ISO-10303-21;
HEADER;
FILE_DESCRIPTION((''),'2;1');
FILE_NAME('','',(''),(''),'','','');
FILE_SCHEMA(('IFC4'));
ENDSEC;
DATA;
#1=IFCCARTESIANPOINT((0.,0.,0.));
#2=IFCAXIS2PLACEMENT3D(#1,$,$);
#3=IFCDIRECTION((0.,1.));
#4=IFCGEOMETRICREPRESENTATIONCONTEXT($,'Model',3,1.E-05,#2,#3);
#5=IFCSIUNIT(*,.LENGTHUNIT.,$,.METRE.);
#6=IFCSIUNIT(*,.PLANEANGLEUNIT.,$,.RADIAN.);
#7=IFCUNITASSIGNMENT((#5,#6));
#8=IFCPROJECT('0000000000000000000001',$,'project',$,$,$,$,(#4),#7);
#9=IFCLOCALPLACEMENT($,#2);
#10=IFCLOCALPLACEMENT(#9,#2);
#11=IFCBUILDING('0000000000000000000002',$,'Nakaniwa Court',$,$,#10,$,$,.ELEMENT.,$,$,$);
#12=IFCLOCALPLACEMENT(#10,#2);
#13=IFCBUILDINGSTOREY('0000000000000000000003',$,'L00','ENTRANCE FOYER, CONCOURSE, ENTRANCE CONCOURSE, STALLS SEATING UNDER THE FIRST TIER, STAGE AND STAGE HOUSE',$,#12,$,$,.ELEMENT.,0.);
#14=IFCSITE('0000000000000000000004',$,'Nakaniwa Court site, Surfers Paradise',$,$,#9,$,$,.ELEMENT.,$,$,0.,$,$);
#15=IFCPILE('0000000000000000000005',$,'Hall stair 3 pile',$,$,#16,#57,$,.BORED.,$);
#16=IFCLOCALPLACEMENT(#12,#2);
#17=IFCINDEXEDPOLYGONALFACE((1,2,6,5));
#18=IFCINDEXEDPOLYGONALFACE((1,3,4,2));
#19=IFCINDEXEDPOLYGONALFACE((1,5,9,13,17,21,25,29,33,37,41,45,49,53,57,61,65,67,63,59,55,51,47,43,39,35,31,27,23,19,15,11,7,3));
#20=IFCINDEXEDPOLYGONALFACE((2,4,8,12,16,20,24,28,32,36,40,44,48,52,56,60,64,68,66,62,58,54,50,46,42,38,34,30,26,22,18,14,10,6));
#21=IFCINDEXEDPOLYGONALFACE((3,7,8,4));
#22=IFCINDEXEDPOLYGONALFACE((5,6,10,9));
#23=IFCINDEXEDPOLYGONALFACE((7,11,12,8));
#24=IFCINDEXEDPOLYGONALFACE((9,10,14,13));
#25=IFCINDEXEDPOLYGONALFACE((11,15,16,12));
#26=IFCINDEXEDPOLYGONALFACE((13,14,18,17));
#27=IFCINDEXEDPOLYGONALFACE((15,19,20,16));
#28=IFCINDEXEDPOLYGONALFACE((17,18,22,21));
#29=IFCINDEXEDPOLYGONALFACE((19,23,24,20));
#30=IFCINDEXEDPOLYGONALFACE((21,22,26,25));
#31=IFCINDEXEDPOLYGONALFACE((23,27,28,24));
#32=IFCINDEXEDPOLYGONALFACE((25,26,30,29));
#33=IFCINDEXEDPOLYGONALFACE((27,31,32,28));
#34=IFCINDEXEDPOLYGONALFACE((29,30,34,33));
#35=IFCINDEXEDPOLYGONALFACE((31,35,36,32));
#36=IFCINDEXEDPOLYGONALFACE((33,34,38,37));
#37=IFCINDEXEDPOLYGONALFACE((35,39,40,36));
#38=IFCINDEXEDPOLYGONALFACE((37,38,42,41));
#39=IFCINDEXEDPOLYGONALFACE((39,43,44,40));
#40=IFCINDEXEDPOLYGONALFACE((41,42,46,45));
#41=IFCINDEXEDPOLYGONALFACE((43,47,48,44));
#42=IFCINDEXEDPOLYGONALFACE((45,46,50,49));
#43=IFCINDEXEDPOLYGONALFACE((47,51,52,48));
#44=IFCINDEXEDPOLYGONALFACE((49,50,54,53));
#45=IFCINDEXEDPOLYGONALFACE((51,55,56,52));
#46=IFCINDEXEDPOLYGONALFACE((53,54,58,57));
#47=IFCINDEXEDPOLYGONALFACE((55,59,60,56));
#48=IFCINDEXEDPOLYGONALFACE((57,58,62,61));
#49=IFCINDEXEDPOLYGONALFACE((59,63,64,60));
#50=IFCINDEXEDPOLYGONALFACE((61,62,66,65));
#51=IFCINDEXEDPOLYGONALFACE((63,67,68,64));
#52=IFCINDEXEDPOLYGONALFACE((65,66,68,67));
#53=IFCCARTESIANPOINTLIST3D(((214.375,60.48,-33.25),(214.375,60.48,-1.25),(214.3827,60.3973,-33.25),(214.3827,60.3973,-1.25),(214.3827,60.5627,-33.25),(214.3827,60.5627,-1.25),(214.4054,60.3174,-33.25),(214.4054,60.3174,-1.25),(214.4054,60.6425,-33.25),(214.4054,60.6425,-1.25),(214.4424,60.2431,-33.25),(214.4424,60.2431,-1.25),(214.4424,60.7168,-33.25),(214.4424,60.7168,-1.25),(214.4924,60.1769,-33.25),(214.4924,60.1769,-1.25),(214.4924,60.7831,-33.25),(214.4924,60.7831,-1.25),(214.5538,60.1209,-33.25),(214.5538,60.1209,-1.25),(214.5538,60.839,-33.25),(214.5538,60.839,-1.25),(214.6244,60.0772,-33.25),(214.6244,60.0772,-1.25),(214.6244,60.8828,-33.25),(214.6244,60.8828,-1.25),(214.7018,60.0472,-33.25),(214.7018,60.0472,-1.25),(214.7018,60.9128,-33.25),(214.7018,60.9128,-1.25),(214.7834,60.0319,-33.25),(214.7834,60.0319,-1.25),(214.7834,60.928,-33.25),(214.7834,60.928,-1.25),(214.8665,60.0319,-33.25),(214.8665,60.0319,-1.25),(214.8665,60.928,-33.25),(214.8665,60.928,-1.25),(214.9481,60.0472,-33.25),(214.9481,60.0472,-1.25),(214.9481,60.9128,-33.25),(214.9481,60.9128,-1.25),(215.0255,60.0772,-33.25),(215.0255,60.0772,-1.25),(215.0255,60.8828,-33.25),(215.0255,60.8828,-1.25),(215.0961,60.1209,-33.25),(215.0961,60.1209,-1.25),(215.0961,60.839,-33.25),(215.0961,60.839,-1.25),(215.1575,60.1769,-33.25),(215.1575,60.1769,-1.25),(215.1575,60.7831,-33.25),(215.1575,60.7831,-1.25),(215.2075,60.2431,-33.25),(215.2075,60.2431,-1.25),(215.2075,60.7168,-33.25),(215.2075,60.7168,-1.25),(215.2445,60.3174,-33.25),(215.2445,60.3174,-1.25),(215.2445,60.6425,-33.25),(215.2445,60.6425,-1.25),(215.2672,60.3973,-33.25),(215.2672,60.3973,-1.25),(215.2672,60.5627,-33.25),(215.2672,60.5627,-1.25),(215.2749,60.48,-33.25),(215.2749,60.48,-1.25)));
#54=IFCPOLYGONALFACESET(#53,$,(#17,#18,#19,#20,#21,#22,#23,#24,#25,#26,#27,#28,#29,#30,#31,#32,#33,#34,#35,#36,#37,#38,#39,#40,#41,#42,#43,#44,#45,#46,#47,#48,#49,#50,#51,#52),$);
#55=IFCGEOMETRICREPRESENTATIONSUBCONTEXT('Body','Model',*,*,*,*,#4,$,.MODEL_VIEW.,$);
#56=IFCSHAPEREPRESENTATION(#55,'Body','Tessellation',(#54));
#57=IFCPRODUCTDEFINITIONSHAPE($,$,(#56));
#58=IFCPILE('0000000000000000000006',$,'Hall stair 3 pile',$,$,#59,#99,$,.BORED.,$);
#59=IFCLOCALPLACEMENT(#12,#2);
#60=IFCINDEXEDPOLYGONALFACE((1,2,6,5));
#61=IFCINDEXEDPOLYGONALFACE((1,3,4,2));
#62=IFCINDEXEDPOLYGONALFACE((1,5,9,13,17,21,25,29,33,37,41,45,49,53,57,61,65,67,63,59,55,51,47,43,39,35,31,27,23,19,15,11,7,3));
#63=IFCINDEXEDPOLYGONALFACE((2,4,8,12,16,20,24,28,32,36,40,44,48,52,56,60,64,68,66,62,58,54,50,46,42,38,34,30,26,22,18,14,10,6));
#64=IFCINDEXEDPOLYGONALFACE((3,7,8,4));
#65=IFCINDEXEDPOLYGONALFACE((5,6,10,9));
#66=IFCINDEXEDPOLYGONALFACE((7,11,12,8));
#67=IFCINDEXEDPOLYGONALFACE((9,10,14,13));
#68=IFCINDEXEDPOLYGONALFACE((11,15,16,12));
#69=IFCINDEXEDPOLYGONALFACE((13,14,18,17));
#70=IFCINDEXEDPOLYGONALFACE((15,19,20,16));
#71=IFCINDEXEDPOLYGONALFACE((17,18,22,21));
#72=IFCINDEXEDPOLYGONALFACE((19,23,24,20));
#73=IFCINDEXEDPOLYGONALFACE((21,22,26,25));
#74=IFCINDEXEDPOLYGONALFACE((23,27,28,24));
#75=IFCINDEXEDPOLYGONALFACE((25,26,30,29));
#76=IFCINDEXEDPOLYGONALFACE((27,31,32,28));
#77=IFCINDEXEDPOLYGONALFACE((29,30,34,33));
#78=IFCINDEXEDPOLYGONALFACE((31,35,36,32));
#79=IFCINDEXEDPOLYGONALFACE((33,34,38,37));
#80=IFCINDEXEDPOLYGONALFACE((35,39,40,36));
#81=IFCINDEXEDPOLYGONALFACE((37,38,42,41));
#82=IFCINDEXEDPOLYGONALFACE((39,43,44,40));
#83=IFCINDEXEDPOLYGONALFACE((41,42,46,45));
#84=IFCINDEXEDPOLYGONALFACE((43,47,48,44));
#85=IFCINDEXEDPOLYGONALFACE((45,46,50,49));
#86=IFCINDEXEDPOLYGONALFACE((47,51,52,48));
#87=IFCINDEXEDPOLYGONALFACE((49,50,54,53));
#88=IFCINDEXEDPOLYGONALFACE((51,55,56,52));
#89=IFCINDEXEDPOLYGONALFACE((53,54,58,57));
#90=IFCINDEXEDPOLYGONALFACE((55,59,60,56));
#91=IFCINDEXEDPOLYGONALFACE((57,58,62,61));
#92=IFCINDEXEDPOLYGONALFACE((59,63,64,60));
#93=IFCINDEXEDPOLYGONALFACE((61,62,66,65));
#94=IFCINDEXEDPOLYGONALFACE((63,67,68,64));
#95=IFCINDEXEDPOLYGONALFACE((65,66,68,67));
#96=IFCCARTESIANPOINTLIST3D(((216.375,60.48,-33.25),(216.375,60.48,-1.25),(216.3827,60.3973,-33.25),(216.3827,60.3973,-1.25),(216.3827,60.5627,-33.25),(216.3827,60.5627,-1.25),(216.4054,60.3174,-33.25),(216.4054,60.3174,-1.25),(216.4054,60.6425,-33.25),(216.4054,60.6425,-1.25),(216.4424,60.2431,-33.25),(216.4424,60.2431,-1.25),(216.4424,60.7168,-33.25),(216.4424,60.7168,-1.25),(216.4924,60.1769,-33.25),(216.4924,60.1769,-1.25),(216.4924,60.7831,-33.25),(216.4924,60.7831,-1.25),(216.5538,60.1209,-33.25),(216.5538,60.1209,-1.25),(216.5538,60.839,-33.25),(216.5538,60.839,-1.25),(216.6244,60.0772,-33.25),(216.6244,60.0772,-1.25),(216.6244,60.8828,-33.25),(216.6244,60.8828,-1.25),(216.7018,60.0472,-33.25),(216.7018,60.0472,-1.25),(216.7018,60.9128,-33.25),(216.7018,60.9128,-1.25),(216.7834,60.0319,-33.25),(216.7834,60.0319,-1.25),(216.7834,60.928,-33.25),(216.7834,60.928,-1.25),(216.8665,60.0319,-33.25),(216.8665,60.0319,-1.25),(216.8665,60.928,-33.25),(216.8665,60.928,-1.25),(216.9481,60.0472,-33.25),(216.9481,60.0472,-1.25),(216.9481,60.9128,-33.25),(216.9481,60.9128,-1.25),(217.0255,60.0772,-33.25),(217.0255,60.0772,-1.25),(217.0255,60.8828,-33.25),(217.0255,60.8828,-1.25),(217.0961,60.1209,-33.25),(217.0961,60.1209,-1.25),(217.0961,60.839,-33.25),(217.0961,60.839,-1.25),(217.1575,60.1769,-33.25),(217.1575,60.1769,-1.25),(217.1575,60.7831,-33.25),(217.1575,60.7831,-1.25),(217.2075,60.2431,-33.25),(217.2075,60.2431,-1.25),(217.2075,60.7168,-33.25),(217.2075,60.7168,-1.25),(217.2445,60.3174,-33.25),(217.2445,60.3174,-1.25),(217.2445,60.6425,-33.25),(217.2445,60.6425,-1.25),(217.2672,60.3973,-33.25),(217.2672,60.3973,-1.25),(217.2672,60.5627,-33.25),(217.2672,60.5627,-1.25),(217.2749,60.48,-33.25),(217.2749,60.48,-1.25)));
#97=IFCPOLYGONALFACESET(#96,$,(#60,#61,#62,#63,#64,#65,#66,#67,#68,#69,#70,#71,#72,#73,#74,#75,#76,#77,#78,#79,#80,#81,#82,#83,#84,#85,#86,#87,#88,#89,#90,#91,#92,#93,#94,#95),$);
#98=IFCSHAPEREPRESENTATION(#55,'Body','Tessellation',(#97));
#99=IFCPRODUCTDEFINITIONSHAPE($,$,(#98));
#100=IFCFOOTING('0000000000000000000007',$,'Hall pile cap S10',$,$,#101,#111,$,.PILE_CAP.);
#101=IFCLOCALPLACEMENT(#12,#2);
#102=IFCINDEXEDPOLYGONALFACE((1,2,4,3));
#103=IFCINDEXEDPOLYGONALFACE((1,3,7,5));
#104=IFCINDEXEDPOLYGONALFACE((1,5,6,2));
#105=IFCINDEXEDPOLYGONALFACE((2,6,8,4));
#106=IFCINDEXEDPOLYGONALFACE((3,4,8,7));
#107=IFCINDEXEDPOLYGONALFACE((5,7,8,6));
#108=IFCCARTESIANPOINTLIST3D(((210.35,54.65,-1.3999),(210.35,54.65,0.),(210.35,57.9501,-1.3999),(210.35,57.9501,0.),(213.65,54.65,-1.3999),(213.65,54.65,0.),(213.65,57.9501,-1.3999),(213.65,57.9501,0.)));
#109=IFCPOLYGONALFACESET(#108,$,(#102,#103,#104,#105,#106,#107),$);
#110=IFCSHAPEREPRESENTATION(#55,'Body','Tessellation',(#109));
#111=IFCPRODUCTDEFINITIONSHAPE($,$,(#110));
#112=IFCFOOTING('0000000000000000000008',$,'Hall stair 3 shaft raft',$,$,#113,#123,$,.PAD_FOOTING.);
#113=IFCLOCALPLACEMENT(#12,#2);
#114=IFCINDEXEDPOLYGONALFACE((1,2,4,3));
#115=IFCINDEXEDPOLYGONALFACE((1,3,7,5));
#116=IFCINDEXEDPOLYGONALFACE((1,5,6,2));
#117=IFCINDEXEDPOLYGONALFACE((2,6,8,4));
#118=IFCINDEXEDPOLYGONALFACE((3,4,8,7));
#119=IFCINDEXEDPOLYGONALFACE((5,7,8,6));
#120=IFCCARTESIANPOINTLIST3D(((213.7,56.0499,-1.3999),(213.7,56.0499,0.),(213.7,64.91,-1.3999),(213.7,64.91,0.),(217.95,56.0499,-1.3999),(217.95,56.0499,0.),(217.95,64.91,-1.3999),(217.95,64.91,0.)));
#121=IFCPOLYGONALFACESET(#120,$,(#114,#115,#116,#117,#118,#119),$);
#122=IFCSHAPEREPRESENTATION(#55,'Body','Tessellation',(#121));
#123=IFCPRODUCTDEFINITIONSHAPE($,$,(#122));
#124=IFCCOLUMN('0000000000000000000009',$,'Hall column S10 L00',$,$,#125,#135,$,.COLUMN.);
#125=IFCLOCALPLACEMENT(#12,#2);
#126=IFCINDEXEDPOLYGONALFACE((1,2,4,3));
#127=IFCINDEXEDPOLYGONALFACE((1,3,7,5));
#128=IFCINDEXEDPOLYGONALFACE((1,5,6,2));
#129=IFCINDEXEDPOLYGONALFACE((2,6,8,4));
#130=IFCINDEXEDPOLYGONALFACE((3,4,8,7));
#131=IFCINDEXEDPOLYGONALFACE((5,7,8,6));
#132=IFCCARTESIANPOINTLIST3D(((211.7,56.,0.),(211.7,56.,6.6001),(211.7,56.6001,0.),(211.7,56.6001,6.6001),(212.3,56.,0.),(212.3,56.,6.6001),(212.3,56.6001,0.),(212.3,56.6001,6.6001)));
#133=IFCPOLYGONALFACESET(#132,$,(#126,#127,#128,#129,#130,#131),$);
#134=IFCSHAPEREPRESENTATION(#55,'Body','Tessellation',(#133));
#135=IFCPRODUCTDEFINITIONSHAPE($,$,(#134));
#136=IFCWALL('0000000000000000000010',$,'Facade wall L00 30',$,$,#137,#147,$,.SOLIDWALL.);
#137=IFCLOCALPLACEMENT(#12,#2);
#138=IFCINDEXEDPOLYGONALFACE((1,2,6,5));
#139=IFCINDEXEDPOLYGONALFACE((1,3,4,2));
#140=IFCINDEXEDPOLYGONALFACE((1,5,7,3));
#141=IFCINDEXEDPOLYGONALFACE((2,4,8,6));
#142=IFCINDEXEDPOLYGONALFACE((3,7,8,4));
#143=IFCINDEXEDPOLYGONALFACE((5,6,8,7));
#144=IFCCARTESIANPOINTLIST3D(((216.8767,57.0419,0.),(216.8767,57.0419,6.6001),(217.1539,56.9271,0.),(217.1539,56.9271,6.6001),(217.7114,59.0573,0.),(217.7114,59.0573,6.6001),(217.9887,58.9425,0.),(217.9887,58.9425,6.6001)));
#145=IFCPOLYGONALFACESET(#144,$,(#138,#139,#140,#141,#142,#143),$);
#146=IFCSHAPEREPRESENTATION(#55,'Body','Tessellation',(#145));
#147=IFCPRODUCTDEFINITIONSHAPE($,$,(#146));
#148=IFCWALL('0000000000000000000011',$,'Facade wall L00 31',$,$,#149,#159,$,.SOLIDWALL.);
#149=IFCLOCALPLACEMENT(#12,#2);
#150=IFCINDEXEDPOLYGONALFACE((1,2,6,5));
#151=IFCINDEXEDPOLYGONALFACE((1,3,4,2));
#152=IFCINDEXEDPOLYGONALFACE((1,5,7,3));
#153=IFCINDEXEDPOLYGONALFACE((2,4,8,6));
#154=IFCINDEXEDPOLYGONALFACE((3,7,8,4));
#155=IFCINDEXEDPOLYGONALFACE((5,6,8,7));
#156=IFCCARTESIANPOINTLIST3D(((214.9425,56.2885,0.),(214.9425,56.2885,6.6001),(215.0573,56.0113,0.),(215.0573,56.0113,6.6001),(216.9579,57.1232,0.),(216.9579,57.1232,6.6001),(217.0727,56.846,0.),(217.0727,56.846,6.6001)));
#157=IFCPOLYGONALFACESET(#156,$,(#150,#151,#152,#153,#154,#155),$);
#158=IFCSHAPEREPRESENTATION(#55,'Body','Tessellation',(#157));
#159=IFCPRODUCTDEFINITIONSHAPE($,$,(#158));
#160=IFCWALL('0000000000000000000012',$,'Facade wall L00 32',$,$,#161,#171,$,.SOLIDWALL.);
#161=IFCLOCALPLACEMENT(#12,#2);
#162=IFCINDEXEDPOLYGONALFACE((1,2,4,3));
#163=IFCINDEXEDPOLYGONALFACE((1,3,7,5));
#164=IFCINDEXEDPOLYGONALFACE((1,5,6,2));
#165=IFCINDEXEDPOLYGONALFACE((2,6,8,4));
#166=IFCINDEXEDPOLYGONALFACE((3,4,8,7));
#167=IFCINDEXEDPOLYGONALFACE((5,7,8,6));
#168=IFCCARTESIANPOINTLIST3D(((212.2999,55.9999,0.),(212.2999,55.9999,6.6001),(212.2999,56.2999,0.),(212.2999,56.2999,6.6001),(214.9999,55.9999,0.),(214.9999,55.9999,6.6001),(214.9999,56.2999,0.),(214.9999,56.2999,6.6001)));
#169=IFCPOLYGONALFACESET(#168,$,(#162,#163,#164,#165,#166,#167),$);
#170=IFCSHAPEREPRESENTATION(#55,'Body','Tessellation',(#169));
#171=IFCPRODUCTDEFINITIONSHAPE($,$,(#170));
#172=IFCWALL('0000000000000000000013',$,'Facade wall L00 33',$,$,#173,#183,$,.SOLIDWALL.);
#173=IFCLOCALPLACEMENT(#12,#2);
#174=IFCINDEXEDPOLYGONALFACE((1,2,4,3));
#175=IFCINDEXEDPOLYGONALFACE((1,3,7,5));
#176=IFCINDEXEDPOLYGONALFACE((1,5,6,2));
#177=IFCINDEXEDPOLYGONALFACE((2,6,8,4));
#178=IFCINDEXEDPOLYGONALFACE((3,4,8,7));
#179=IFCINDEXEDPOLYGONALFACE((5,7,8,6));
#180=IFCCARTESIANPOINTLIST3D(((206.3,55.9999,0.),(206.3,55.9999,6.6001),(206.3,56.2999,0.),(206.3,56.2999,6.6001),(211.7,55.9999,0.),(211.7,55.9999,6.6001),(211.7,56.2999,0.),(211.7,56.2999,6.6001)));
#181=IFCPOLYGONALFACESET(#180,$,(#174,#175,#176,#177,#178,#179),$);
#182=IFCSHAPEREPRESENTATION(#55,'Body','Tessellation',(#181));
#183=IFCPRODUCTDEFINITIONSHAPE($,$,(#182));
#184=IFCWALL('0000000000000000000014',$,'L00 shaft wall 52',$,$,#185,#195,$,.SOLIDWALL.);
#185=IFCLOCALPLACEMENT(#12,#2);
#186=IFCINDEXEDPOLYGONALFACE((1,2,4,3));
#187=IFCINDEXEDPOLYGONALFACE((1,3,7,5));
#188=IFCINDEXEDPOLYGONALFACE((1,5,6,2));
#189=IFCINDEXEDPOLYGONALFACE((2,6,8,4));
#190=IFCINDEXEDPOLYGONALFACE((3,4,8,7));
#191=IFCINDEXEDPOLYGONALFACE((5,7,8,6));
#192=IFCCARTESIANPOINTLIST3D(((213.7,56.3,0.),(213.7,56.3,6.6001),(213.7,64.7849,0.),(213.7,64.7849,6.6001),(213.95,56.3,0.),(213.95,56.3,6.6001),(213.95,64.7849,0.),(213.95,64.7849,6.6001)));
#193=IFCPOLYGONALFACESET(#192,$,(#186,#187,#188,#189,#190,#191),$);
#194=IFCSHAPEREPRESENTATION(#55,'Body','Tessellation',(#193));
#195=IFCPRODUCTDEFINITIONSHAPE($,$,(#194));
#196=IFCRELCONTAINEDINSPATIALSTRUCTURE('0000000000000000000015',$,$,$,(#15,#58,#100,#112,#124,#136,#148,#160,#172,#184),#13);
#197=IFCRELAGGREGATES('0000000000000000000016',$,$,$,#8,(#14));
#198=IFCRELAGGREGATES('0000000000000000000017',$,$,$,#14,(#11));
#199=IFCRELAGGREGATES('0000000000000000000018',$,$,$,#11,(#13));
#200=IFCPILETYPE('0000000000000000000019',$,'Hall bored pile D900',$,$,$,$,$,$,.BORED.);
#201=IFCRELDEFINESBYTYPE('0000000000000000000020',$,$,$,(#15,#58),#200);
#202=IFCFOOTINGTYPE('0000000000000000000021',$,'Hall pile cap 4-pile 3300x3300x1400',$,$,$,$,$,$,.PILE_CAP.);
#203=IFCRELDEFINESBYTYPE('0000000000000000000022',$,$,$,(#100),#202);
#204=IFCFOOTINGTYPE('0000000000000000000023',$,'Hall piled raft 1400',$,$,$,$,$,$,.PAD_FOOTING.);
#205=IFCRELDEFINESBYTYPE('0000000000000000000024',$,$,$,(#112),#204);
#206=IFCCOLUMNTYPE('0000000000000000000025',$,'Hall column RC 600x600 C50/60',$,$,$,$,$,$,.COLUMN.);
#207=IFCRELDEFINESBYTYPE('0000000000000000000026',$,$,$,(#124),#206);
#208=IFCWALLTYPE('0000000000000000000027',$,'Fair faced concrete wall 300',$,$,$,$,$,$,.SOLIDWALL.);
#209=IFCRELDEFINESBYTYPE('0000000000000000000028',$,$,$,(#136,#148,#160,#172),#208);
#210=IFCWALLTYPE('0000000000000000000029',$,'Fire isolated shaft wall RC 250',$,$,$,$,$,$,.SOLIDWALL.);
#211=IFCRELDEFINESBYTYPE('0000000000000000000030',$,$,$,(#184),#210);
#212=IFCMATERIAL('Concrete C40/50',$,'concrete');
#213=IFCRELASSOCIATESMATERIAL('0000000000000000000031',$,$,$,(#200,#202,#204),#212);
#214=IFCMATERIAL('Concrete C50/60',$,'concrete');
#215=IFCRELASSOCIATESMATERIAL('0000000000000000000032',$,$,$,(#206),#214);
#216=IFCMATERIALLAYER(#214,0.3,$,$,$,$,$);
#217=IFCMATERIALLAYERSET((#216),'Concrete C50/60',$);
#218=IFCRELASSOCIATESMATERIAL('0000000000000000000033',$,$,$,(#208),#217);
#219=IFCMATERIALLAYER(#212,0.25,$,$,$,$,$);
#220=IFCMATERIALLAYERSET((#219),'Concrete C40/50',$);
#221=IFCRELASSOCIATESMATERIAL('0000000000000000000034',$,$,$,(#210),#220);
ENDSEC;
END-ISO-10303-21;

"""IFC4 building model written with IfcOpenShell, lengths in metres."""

from ifc_helpers import new_model, si_unit, direction, frame, frame_2d, origin, origin_2d, place, context, subcontext, project, spatial, rectangle, circle, extrude, material, layer, layer_set, material_profile, profile_set, type_object, element, save


model = new_model("IFC4")

# Units and contexts
model_context = context("Model", 3, precision=1e-05, world=origin(), true_north=direction((0.0, 1.0)))
body_context = subcontext(model_context, "Body", "Model", "MODEL_VIEW")
ifc_project = project(units=[si_unit("LENGTHUNIT", "METRE"), si_unit("PLANEANGLEUNIT", "RADIAN")], contexts=[model_context])

# Site, building, storey
site_placement = place(None, origin())
site = spatial("IfcSite", under=ifc_project, at=site_placement, Name="Nakaniwa Court site, Surfers Paradise", CompositionType="ELEMENT", RefElevation=0.0)
building_placement = place(site_placement, origin())
building = spatial("IfcBuilding", under=site, at=building_placement, Name="Nakaniwa Court", CompositionType="ELEMENT")
storey_placement = place(building_placement, origin())
storey = spatial("IfcBuildingStorey", under=building, at=storey_placement, Name="L00", Description="ENTRANCE FOYER, CONCOURSE, ENTRANCE CONCOURSE, STALLS SEATING UNDER THE FIRST TIER, STAGE AND STAGE HOUSE", CompositionType="ELEMENT", Elevation=0.0)

# Piles
ifc_material_1 = material(Name="Concrete C40/50", Category="concrete")
ifc_material_profile_1 = material_profile(ifc_material_1, circle(Radius=0.45, at=origin_2d()), Name="Bored pile D900")
ifc_profile_set_1 = profile_set([ifc_material_profile_1], Name="Concrete C40/50")
pile_type = type_object("IfcPileType", Name="Hall bored pile D900", PredefinedType="BORED", material=ifc_profile_set_1)
for number, where, z_axis, x_axis, name in (
    (1, (214.825, 60.48, -1.25), (0.0, 0.0, -1.0), (1.0, 0.0, 0.0), "Hall stair 3 pile"),
    (2, (216.825, 60.48, -1.25), (0.0, 0.0, -1.0), (1.0, 0.0, 0.0), "Hall stair 3 pile"),
):
    element("IfcPile", number, at=place(storey_placement, frame(where, z_axis=z_axis, x_axis=x_axis)), inside=storey, type_object=pile_type, Name=name, PredefinedType="BORED", context=body_context, shape_type="SweptSolid", body=[
        extrude(circle(Radius=0.45, at=origin_2d()), origin(), (0.0, 0.0, 1.0), 32.0),
    ])

# Footings
footing_type_1 = type_object("IfcFootingType", Name="Hall pile cap 4-pile 3300x3300x1400", PredefinedType="PILE_CAP", material=ifc_material_1)
footing_1_placement = place(storey_placement, frame((212.0, 56.3, -1.3999), z_axis=(0.0, 0.0, 1.0), x_axis=(1.0, 0.0, 0.0)))
element("IfcFooting", 3, at=footing_1_placement, inside=storey, type_object=footing_type_1, Name="Hall pile cap S10", PredefinedType="PILE_CAP", context=body_context, shape_type="SweptSolid", body=[
    extrude(rectangle(XDim=3.3, YDim=3.3, at=origin_2d()), origin(), (0.0, 0.0, 1.0), 1.3999),
])
footing_type_2 = type_object("IfcFootingType", Name="Hall piled raft 1400", PredefinedType="PAD_FOOTING", material=ifc_material_1)
footing_2_placement = place(storey_placement, frame((215.825, 60.48, -1.3999), z_axis=(0.0, 0.0, 1.0), x_axis=(1.0, 0.0, 0.0)))
element("IfcFooting", 4, at=footing_2_placement, inside=storey, type_object=footing_type_2, Name="Hall stair 3 shaft raft", PredefinedType="PAD_FOOTING", context=body_context, shape_type="SweptSolid", body=[
    extrude(rectangle(XDim=4.25, YDim=8.8601, at=origin_2d()), origin(), (0.0, 0.0, 1.0), 1.3999),
])

# Column
ifc_material_2 = material(Name="Concrete C50/60", Category="concrete")
ifc_material_profile_2 = material_profile(ifc_material_2, rectangle(XDim=0.6001, YDim=0.6001, at=origin_2d()), Name="RC 600x600")
ifc_profile_set_2 = profile_set([ifc_material_profile_2], Name="Concrete C50/60")
column_type = type_object("IfcColumnType", Name="Hall column RC 600x600 C50/60", PredefinedType="COLUMN", material=ifc_profile_set_2)
column_placement = place(storey_placement, frame((212.0, 56.3, 0.0), z_axis=(0.0, 0.0, 1.0), x_axis=(1.0, 0.0, 0.0)))
element("IfcColumn", 5, at=column_placement, inside=storey, type_object=column_type, Name="Hall column S10 L00", PredefinedType="COLUMN", context=body_context, shape_type="SweptSolid", body=[
    extrude(rectangle(XDim=0.6001, YDim=0.6001, at=origin_2d()), origin(), (0.0, 0.0, 1.0), 6.6001),
])

# Walls
ifc_layer_1 = layer(ifc_material_2, 0.3)
ifc_layer_set_1 = layer_set([ifc_layer_1], Name="Concrete C50/60")
wall_type_1 = type_object("IfcWallType", Name="Fair faced concrete wall 300", PredefinedType="SOLIDWALL", material=ifc_layer_set_1)
for number, where, z_axis, x_axis, name in (
    (6, (217.8501, 59.0, 0.0), (0.0, 0.0, 1.0), (-0.382652, -0.923893, 0.0), "Facade wall L00 30"),
    (7, (217.0154, 56.9846, 0.0), (0.0, 0.0, 1.0), (-0.923893, -0.382652, 0.0), "Facade wall L00 31"),
):
    element("IfcWall", number, at=place(storey_placement, frame(where, z_axis=z_axis, x_axis=x_axis)), inside=storey, type_object=wall_type_1, Name=name, PredefinedType="SOLIDWALL", context=body_context, shape_type="SweptSolid", body=[
        extrude(rectangle(XDim=2.1814, YDim=0.3, at=frame_2d((1.0908, 0.0))), origin(), (0.0, 0.0, 1.0), 6.6001),
    ])
wall_1_placement = place(storey_placement, frame((215.0, 56.1499, 0.0), z_axis=(0.0, 0.0, 1.0), x_axis=(-1.0, 0.0, 0.0)))
element("IfcWall", 8, at=wall_1_placement, inside=storey, type_object=wall_type_1, Name="Facade wall L00 32", PredefinedType="SOLIDWALL", context=body_context, shape_type="SweptSolid", body=[
    extrude(rectangle(XDim=2.7, YDim=0.3, at=frame_2d((1.3501, 0.0))), origin(), (0.0, 0.0, 1.0), 6.6001),
])
wall_2_placement = place(storey_placement, frame((211.7, 56.1499, 0.0), z_axis=(0.0, 0.0, 1.0), x_axis=(-1.0, 0.0, 0.0)))
element("IfcWall", 9, at=wall_2_placement, inside=storey, type_object=wall_type_1, Name="Facade wall L00 33", PredefinedType="SOLIDWALL", context=body_context, shape_type="SweptSolid", body=[
    extrude(rectangle(XDim=5.3999, YDim=0.3, at=frame_2d((2.7, 0.0))), origin(), (0.0, 0.0, 1.0), 6.6001),
])
ifc_layer_2 = layer(ifc_material_1, 0.25)
ifc_layer_set_2 = layer_set([ifc_layer_2], Name="Concrete C40/50")
wall_type_2 = type_object("IfcWallType", Name="Fire isolated shaft wall RC 250", PredefinedType="SOLIDWALL", material=ifc_layer_set_2)
wall_3_placement = place(storey_placement, frame((213.825, 56.3, 0.0), z_axis=(0.0, 0.0, 1.0), x_axis=(0.0, 1.0, 0.0)))
element("IfcWall", 10, at=wall_3_placement, inside=storey, type_object=wall_type_2, Name="L00 shaft wall 52", PredefinedType="SOLIDWALL", context=body_context, shape_type="SweptSolid", body=[
    extrude(rectangle(XDim=8.4849, YDim=0.25, at=frame_2d((4.2424, 0.0))), origin(), (0.0, 0.0, 1.0), 6.6001),
])

save(model, "model.ifc")
